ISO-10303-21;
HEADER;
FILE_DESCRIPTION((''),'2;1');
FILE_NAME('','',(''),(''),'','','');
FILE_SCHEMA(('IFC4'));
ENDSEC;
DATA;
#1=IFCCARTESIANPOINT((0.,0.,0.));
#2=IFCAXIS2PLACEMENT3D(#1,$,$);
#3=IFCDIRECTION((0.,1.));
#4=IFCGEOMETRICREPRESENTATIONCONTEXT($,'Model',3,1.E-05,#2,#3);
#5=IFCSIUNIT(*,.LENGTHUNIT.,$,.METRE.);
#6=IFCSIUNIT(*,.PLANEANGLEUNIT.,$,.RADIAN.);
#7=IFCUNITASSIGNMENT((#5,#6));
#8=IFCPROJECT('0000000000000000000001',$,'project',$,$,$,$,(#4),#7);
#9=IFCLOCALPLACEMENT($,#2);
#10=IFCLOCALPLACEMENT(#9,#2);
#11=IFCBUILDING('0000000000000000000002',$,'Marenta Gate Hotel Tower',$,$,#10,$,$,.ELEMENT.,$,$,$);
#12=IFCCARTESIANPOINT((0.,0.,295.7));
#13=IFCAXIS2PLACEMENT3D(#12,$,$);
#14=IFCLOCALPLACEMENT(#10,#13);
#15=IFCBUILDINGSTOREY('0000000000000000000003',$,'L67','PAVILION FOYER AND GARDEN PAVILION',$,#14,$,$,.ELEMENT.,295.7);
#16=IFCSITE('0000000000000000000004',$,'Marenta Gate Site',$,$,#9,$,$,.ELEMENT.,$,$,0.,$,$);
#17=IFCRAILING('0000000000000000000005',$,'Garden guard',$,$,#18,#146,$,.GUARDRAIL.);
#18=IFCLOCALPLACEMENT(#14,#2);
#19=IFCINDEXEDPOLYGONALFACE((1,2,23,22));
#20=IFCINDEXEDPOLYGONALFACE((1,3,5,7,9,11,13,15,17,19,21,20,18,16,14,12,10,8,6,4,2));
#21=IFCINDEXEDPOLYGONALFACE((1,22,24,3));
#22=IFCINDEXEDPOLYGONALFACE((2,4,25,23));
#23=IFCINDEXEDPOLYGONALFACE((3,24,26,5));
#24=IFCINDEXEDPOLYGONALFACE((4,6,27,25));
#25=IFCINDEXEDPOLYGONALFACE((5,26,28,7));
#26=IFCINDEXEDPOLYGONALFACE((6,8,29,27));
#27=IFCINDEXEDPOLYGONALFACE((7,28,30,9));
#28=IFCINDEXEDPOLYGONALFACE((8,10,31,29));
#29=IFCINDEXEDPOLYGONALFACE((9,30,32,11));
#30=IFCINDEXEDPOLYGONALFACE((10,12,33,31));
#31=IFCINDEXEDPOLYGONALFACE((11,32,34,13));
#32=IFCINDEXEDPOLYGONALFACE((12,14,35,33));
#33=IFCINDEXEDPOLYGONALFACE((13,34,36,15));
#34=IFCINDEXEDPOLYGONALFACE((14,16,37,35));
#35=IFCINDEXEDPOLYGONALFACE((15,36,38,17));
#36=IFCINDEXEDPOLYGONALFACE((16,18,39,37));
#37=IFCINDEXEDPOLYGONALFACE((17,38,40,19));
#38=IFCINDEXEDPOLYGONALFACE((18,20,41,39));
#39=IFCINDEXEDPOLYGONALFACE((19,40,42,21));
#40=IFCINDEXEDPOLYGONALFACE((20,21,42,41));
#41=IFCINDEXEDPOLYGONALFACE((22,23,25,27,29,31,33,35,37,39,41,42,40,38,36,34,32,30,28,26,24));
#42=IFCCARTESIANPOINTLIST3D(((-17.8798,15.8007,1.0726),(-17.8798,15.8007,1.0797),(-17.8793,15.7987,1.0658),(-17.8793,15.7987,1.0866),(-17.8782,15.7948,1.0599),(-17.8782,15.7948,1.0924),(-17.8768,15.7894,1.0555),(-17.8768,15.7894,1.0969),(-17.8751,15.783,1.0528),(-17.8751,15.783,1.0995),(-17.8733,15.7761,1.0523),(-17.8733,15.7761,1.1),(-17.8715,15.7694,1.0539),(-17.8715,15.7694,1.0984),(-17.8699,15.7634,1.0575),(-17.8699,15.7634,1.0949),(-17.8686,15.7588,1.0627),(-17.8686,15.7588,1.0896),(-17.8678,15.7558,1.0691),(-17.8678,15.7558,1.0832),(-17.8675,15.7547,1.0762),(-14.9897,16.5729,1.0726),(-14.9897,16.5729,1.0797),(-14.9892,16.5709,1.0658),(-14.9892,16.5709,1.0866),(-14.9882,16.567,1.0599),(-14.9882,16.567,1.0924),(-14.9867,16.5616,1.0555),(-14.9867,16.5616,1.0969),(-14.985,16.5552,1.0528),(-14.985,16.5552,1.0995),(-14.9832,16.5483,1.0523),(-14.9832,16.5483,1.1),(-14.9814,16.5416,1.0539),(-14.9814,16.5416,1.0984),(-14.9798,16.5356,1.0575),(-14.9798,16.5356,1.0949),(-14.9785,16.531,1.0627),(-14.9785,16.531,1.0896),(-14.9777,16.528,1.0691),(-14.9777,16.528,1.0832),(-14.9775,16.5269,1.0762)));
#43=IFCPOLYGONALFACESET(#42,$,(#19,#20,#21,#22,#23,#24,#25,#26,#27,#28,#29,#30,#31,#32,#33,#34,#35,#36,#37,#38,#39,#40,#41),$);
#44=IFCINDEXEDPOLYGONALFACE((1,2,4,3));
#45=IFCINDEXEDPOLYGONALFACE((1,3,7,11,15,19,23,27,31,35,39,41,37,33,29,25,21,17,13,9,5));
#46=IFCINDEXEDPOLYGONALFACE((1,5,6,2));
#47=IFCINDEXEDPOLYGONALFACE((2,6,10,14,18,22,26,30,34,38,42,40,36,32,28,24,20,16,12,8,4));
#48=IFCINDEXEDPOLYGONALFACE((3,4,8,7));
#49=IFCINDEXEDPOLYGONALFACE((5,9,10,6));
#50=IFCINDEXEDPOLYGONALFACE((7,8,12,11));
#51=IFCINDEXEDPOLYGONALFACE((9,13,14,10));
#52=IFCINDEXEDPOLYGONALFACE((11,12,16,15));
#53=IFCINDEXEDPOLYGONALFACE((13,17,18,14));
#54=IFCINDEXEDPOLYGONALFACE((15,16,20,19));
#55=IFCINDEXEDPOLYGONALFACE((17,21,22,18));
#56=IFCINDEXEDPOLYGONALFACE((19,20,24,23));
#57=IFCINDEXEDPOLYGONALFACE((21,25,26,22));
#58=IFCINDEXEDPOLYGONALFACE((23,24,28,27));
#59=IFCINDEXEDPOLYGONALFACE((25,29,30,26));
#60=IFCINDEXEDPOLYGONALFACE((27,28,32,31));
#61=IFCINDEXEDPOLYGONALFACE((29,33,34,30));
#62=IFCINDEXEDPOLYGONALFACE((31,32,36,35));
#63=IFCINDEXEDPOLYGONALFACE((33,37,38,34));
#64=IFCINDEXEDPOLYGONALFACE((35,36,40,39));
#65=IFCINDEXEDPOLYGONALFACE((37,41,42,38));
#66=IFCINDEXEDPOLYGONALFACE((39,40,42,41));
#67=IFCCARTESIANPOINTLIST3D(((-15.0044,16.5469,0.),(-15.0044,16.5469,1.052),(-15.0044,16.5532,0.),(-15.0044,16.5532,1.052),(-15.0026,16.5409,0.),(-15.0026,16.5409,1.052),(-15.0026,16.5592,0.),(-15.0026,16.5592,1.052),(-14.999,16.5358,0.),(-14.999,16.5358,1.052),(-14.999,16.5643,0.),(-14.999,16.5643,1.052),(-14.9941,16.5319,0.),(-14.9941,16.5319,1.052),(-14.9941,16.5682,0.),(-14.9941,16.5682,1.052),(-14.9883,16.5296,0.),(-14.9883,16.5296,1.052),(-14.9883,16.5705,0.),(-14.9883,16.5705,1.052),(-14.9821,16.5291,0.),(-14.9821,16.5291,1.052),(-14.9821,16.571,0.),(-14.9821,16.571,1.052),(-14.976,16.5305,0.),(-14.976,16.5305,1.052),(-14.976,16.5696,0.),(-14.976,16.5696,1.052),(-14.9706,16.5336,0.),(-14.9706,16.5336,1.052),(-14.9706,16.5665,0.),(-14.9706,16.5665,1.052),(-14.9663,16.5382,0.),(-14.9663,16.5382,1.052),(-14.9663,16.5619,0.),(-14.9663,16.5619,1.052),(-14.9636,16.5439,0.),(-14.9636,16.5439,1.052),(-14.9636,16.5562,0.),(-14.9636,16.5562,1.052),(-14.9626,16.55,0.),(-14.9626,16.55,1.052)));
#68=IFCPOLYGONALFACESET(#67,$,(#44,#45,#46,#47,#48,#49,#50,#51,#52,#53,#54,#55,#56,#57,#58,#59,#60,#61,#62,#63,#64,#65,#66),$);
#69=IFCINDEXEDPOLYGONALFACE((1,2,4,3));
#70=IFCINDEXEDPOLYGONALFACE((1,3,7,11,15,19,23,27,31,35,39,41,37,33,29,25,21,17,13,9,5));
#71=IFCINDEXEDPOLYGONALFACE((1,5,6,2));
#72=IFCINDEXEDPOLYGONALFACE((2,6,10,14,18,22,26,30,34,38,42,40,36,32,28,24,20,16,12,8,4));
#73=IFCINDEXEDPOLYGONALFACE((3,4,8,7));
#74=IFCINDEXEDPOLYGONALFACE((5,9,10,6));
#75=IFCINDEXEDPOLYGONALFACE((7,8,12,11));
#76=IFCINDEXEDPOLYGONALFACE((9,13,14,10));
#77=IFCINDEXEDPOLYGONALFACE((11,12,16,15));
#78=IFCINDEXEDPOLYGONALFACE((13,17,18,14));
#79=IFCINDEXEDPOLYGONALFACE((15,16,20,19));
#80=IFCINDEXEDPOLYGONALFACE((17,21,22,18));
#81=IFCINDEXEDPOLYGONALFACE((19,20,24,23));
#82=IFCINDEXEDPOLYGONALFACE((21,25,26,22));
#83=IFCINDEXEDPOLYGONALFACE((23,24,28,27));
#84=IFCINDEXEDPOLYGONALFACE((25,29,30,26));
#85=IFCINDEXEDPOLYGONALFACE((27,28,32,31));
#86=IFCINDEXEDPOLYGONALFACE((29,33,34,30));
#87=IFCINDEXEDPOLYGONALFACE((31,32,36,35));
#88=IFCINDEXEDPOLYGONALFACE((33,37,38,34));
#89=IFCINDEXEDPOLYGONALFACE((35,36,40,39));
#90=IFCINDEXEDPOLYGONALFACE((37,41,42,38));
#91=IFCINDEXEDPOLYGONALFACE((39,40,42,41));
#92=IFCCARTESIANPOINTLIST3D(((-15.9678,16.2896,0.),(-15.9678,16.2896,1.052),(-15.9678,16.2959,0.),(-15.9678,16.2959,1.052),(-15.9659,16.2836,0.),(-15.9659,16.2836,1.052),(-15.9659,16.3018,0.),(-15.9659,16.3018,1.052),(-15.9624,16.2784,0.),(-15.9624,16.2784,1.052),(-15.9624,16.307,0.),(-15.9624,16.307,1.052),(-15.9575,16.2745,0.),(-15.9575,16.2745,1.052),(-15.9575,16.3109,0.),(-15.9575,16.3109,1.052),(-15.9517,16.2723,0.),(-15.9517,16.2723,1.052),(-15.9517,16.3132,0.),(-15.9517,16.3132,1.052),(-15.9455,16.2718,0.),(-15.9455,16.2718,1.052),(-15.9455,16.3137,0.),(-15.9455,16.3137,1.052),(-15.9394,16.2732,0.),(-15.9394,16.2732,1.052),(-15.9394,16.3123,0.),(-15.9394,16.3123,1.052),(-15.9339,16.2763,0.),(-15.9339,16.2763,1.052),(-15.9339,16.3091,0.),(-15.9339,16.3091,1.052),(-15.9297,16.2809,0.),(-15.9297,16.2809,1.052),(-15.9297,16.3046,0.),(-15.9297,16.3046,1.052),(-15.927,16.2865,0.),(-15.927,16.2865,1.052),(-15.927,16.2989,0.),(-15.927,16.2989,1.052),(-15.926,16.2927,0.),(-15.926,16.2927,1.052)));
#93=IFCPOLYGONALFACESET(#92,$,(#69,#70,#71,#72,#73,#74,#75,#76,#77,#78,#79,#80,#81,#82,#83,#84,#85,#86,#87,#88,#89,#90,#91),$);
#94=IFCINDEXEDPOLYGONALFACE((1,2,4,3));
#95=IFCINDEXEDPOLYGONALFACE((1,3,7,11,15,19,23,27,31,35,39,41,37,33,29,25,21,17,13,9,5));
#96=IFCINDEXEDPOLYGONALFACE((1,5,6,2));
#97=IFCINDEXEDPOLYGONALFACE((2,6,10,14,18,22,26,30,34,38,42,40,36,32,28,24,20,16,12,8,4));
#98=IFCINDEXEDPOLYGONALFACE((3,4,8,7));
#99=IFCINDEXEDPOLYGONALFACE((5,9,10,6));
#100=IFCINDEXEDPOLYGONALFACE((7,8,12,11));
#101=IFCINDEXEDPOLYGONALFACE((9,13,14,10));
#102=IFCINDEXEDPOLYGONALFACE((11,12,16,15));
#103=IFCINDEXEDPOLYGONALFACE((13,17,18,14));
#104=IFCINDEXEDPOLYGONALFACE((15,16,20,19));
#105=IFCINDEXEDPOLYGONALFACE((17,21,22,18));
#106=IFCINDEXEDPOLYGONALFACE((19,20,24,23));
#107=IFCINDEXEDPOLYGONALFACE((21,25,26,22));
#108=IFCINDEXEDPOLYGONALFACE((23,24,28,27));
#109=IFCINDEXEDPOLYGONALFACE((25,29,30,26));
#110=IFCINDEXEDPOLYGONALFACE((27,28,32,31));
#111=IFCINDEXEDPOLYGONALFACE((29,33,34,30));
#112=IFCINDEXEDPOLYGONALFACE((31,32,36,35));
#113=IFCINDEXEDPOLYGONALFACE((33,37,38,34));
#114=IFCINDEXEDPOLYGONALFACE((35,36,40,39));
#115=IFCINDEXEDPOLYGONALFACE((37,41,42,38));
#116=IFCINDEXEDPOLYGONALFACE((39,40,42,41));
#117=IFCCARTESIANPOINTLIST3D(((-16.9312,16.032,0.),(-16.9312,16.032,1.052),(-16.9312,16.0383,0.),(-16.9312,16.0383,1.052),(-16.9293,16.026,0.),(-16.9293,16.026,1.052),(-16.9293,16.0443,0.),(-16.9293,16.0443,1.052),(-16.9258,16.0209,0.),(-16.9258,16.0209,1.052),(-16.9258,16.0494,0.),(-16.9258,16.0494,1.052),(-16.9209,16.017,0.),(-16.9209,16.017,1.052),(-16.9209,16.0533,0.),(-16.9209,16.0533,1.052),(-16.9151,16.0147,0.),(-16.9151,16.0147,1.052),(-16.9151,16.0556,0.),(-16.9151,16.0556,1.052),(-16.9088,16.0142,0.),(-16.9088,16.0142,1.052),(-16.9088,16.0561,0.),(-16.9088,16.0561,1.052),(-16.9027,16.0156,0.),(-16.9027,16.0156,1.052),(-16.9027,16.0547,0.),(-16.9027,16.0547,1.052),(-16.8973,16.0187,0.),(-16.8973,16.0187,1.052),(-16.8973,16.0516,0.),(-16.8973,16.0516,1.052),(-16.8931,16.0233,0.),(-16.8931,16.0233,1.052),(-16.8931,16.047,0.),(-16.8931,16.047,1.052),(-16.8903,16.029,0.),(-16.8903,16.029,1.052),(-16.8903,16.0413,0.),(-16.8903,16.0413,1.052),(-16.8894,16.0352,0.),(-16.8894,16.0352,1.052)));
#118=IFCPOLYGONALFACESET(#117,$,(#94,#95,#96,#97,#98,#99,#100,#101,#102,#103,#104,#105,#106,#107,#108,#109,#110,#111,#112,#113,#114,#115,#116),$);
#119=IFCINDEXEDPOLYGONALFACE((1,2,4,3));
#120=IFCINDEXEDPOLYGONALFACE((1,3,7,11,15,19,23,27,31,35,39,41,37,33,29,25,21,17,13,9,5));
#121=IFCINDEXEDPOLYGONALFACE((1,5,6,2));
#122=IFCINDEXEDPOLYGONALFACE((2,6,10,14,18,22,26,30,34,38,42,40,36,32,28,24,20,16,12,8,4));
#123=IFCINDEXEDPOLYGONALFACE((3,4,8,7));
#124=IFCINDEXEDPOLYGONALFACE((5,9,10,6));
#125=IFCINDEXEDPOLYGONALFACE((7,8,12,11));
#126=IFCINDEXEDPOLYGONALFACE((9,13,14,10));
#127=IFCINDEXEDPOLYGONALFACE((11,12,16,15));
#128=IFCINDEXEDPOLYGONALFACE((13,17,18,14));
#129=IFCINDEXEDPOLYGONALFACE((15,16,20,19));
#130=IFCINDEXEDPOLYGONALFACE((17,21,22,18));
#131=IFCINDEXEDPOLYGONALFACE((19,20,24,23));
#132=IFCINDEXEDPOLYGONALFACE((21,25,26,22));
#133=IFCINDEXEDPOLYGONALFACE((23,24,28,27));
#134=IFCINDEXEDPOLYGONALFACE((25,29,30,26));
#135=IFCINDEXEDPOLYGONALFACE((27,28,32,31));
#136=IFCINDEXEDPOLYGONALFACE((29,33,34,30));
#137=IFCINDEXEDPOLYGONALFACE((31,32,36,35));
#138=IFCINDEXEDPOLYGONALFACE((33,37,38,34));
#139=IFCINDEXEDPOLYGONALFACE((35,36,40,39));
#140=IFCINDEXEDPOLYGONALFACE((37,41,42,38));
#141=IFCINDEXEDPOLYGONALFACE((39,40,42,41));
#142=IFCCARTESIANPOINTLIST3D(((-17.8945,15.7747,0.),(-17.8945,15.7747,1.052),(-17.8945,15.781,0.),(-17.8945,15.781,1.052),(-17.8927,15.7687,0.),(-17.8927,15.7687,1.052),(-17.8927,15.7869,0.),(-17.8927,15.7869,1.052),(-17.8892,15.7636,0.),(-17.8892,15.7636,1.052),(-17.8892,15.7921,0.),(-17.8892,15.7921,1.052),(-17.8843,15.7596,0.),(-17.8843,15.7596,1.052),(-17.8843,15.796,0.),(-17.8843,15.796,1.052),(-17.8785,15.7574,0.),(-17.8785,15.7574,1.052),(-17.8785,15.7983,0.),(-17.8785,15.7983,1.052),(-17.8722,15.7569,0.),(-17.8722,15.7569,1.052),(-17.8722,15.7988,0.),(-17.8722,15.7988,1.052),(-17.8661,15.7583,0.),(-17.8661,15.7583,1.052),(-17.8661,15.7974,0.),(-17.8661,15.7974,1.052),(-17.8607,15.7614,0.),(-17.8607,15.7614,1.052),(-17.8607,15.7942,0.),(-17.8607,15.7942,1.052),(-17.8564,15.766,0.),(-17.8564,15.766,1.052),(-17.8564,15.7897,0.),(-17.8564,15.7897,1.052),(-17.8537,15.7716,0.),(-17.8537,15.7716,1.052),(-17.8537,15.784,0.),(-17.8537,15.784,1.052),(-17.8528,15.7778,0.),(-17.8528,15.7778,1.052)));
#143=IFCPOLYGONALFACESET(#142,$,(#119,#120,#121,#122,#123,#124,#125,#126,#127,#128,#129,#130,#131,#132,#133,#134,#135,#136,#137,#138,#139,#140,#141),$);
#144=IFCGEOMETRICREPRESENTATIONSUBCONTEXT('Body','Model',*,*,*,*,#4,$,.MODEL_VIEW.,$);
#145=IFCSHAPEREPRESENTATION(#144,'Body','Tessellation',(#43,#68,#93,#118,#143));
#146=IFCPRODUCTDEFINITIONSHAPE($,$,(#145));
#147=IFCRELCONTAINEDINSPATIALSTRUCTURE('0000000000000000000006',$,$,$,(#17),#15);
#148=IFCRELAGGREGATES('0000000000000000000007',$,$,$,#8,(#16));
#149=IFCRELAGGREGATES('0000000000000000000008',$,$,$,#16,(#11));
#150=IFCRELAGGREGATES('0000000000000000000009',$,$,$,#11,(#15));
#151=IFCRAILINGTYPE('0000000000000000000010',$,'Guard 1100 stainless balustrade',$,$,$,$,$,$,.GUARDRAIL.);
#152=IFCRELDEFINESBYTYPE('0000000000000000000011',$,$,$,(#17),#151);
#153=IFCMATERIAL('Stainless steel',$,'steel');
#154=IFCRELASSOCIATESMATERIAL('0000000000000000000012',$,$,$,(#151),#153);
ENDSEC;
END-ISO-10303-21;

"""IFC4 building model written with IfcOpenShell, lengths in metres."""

from ifc_helpers import new_model, si_unit, direction, frame, origin, origin_2d, place, context, subcontext, project, spatial, circle, extrude, material, type_object, element, save


model = new_model("IFC4")

# Units and contexts
model_context = context("Model", 3, precision=1e-05, world=origin(), true_north=direction((0.0, 1.0)))
body_context = subcontext(model_context, "Body", "Model", "MODEL_VIEW")
ifc_project = project(units=[si_unit("LENGTHUNIT", "METRE"), si_unit("PLANEANGLEUNIT", "RADIAN")], contexts=[model_context])

# Site, building, storey
site_placement = place(None, origin())
site = spatial("IfcSite", under=ifc_project, at=site_placement, Name="Marenta Gate Site", CompositionType="ELEMENT", RefElevation=0.0)
building_placement = place(site_placement, origin())
building = spatial("IfcBuilding", under=site, at=building_placement, Name="Marenta Gate Hotel Tower", CompositionType="ELEMENT")
storey_placement = place(building_placement, frame((0.0, 0.0, 295.7)))
storey = spatial("IfcBuildingStorey", under=building, at=storey_placement, Name="L67", Description="PAVILION FOYER AND GARDEN PAVILION", CompositionType="ELEMENT", Elevation=295.7)

# Railing
ifc_material_1 = material(Name="Stainless steel", Category="steel")
railing_type_1 = type_object("IfcRailingType", Name="Guard 1100 stainless balustrade", PredefinedType="GUARDRAIL", material=ifc_material_1)
railing_1_placement = place(storey_placement, frame((-14.9836, 16.55, 0.0)))
element("IfcRailing", 1, at=railing_1_placement, inside=storey, type_object=railing_type_1, Name="Garden guard", PredefinedType="GUARDRAIL", context=body_context, shape_type="SweptSolid", body=[
    extrude(circle(Radius=0.0239, at=origin_2d()), frame((0.0, 0.0, 1.0762), z_axis=(-0.966109, -0.258135, 0.0), x_axis=(0.258135, -0.966109, 0.0)), (0.0, 0.0, 1.0), 2.9915),
    extrude(circle(Radius=0.021, at=origin_2d()), origin(), (0.0, 0.0, 1.0), 1.052),
    extrude(circle(Radius=0.021, at=origin_2d()), frame((-0.9634, -0.2573, 0.0)), (0.0, 0.0, 1.0), 1.052),
    extrude(circle(Radius=0.021, at=origin_2d()), frame((-1.9268, -0.5149, 0.0)), (0.0, 0.0, 1.0), 1.052),
    extrude(circle(Radius=0.021, at=origin_2d()), frame((-2.8901, -0.7722, 0.0)), (0.0, 0.0, 1.0), 1.052),
])

save(model, "model.ifc")
